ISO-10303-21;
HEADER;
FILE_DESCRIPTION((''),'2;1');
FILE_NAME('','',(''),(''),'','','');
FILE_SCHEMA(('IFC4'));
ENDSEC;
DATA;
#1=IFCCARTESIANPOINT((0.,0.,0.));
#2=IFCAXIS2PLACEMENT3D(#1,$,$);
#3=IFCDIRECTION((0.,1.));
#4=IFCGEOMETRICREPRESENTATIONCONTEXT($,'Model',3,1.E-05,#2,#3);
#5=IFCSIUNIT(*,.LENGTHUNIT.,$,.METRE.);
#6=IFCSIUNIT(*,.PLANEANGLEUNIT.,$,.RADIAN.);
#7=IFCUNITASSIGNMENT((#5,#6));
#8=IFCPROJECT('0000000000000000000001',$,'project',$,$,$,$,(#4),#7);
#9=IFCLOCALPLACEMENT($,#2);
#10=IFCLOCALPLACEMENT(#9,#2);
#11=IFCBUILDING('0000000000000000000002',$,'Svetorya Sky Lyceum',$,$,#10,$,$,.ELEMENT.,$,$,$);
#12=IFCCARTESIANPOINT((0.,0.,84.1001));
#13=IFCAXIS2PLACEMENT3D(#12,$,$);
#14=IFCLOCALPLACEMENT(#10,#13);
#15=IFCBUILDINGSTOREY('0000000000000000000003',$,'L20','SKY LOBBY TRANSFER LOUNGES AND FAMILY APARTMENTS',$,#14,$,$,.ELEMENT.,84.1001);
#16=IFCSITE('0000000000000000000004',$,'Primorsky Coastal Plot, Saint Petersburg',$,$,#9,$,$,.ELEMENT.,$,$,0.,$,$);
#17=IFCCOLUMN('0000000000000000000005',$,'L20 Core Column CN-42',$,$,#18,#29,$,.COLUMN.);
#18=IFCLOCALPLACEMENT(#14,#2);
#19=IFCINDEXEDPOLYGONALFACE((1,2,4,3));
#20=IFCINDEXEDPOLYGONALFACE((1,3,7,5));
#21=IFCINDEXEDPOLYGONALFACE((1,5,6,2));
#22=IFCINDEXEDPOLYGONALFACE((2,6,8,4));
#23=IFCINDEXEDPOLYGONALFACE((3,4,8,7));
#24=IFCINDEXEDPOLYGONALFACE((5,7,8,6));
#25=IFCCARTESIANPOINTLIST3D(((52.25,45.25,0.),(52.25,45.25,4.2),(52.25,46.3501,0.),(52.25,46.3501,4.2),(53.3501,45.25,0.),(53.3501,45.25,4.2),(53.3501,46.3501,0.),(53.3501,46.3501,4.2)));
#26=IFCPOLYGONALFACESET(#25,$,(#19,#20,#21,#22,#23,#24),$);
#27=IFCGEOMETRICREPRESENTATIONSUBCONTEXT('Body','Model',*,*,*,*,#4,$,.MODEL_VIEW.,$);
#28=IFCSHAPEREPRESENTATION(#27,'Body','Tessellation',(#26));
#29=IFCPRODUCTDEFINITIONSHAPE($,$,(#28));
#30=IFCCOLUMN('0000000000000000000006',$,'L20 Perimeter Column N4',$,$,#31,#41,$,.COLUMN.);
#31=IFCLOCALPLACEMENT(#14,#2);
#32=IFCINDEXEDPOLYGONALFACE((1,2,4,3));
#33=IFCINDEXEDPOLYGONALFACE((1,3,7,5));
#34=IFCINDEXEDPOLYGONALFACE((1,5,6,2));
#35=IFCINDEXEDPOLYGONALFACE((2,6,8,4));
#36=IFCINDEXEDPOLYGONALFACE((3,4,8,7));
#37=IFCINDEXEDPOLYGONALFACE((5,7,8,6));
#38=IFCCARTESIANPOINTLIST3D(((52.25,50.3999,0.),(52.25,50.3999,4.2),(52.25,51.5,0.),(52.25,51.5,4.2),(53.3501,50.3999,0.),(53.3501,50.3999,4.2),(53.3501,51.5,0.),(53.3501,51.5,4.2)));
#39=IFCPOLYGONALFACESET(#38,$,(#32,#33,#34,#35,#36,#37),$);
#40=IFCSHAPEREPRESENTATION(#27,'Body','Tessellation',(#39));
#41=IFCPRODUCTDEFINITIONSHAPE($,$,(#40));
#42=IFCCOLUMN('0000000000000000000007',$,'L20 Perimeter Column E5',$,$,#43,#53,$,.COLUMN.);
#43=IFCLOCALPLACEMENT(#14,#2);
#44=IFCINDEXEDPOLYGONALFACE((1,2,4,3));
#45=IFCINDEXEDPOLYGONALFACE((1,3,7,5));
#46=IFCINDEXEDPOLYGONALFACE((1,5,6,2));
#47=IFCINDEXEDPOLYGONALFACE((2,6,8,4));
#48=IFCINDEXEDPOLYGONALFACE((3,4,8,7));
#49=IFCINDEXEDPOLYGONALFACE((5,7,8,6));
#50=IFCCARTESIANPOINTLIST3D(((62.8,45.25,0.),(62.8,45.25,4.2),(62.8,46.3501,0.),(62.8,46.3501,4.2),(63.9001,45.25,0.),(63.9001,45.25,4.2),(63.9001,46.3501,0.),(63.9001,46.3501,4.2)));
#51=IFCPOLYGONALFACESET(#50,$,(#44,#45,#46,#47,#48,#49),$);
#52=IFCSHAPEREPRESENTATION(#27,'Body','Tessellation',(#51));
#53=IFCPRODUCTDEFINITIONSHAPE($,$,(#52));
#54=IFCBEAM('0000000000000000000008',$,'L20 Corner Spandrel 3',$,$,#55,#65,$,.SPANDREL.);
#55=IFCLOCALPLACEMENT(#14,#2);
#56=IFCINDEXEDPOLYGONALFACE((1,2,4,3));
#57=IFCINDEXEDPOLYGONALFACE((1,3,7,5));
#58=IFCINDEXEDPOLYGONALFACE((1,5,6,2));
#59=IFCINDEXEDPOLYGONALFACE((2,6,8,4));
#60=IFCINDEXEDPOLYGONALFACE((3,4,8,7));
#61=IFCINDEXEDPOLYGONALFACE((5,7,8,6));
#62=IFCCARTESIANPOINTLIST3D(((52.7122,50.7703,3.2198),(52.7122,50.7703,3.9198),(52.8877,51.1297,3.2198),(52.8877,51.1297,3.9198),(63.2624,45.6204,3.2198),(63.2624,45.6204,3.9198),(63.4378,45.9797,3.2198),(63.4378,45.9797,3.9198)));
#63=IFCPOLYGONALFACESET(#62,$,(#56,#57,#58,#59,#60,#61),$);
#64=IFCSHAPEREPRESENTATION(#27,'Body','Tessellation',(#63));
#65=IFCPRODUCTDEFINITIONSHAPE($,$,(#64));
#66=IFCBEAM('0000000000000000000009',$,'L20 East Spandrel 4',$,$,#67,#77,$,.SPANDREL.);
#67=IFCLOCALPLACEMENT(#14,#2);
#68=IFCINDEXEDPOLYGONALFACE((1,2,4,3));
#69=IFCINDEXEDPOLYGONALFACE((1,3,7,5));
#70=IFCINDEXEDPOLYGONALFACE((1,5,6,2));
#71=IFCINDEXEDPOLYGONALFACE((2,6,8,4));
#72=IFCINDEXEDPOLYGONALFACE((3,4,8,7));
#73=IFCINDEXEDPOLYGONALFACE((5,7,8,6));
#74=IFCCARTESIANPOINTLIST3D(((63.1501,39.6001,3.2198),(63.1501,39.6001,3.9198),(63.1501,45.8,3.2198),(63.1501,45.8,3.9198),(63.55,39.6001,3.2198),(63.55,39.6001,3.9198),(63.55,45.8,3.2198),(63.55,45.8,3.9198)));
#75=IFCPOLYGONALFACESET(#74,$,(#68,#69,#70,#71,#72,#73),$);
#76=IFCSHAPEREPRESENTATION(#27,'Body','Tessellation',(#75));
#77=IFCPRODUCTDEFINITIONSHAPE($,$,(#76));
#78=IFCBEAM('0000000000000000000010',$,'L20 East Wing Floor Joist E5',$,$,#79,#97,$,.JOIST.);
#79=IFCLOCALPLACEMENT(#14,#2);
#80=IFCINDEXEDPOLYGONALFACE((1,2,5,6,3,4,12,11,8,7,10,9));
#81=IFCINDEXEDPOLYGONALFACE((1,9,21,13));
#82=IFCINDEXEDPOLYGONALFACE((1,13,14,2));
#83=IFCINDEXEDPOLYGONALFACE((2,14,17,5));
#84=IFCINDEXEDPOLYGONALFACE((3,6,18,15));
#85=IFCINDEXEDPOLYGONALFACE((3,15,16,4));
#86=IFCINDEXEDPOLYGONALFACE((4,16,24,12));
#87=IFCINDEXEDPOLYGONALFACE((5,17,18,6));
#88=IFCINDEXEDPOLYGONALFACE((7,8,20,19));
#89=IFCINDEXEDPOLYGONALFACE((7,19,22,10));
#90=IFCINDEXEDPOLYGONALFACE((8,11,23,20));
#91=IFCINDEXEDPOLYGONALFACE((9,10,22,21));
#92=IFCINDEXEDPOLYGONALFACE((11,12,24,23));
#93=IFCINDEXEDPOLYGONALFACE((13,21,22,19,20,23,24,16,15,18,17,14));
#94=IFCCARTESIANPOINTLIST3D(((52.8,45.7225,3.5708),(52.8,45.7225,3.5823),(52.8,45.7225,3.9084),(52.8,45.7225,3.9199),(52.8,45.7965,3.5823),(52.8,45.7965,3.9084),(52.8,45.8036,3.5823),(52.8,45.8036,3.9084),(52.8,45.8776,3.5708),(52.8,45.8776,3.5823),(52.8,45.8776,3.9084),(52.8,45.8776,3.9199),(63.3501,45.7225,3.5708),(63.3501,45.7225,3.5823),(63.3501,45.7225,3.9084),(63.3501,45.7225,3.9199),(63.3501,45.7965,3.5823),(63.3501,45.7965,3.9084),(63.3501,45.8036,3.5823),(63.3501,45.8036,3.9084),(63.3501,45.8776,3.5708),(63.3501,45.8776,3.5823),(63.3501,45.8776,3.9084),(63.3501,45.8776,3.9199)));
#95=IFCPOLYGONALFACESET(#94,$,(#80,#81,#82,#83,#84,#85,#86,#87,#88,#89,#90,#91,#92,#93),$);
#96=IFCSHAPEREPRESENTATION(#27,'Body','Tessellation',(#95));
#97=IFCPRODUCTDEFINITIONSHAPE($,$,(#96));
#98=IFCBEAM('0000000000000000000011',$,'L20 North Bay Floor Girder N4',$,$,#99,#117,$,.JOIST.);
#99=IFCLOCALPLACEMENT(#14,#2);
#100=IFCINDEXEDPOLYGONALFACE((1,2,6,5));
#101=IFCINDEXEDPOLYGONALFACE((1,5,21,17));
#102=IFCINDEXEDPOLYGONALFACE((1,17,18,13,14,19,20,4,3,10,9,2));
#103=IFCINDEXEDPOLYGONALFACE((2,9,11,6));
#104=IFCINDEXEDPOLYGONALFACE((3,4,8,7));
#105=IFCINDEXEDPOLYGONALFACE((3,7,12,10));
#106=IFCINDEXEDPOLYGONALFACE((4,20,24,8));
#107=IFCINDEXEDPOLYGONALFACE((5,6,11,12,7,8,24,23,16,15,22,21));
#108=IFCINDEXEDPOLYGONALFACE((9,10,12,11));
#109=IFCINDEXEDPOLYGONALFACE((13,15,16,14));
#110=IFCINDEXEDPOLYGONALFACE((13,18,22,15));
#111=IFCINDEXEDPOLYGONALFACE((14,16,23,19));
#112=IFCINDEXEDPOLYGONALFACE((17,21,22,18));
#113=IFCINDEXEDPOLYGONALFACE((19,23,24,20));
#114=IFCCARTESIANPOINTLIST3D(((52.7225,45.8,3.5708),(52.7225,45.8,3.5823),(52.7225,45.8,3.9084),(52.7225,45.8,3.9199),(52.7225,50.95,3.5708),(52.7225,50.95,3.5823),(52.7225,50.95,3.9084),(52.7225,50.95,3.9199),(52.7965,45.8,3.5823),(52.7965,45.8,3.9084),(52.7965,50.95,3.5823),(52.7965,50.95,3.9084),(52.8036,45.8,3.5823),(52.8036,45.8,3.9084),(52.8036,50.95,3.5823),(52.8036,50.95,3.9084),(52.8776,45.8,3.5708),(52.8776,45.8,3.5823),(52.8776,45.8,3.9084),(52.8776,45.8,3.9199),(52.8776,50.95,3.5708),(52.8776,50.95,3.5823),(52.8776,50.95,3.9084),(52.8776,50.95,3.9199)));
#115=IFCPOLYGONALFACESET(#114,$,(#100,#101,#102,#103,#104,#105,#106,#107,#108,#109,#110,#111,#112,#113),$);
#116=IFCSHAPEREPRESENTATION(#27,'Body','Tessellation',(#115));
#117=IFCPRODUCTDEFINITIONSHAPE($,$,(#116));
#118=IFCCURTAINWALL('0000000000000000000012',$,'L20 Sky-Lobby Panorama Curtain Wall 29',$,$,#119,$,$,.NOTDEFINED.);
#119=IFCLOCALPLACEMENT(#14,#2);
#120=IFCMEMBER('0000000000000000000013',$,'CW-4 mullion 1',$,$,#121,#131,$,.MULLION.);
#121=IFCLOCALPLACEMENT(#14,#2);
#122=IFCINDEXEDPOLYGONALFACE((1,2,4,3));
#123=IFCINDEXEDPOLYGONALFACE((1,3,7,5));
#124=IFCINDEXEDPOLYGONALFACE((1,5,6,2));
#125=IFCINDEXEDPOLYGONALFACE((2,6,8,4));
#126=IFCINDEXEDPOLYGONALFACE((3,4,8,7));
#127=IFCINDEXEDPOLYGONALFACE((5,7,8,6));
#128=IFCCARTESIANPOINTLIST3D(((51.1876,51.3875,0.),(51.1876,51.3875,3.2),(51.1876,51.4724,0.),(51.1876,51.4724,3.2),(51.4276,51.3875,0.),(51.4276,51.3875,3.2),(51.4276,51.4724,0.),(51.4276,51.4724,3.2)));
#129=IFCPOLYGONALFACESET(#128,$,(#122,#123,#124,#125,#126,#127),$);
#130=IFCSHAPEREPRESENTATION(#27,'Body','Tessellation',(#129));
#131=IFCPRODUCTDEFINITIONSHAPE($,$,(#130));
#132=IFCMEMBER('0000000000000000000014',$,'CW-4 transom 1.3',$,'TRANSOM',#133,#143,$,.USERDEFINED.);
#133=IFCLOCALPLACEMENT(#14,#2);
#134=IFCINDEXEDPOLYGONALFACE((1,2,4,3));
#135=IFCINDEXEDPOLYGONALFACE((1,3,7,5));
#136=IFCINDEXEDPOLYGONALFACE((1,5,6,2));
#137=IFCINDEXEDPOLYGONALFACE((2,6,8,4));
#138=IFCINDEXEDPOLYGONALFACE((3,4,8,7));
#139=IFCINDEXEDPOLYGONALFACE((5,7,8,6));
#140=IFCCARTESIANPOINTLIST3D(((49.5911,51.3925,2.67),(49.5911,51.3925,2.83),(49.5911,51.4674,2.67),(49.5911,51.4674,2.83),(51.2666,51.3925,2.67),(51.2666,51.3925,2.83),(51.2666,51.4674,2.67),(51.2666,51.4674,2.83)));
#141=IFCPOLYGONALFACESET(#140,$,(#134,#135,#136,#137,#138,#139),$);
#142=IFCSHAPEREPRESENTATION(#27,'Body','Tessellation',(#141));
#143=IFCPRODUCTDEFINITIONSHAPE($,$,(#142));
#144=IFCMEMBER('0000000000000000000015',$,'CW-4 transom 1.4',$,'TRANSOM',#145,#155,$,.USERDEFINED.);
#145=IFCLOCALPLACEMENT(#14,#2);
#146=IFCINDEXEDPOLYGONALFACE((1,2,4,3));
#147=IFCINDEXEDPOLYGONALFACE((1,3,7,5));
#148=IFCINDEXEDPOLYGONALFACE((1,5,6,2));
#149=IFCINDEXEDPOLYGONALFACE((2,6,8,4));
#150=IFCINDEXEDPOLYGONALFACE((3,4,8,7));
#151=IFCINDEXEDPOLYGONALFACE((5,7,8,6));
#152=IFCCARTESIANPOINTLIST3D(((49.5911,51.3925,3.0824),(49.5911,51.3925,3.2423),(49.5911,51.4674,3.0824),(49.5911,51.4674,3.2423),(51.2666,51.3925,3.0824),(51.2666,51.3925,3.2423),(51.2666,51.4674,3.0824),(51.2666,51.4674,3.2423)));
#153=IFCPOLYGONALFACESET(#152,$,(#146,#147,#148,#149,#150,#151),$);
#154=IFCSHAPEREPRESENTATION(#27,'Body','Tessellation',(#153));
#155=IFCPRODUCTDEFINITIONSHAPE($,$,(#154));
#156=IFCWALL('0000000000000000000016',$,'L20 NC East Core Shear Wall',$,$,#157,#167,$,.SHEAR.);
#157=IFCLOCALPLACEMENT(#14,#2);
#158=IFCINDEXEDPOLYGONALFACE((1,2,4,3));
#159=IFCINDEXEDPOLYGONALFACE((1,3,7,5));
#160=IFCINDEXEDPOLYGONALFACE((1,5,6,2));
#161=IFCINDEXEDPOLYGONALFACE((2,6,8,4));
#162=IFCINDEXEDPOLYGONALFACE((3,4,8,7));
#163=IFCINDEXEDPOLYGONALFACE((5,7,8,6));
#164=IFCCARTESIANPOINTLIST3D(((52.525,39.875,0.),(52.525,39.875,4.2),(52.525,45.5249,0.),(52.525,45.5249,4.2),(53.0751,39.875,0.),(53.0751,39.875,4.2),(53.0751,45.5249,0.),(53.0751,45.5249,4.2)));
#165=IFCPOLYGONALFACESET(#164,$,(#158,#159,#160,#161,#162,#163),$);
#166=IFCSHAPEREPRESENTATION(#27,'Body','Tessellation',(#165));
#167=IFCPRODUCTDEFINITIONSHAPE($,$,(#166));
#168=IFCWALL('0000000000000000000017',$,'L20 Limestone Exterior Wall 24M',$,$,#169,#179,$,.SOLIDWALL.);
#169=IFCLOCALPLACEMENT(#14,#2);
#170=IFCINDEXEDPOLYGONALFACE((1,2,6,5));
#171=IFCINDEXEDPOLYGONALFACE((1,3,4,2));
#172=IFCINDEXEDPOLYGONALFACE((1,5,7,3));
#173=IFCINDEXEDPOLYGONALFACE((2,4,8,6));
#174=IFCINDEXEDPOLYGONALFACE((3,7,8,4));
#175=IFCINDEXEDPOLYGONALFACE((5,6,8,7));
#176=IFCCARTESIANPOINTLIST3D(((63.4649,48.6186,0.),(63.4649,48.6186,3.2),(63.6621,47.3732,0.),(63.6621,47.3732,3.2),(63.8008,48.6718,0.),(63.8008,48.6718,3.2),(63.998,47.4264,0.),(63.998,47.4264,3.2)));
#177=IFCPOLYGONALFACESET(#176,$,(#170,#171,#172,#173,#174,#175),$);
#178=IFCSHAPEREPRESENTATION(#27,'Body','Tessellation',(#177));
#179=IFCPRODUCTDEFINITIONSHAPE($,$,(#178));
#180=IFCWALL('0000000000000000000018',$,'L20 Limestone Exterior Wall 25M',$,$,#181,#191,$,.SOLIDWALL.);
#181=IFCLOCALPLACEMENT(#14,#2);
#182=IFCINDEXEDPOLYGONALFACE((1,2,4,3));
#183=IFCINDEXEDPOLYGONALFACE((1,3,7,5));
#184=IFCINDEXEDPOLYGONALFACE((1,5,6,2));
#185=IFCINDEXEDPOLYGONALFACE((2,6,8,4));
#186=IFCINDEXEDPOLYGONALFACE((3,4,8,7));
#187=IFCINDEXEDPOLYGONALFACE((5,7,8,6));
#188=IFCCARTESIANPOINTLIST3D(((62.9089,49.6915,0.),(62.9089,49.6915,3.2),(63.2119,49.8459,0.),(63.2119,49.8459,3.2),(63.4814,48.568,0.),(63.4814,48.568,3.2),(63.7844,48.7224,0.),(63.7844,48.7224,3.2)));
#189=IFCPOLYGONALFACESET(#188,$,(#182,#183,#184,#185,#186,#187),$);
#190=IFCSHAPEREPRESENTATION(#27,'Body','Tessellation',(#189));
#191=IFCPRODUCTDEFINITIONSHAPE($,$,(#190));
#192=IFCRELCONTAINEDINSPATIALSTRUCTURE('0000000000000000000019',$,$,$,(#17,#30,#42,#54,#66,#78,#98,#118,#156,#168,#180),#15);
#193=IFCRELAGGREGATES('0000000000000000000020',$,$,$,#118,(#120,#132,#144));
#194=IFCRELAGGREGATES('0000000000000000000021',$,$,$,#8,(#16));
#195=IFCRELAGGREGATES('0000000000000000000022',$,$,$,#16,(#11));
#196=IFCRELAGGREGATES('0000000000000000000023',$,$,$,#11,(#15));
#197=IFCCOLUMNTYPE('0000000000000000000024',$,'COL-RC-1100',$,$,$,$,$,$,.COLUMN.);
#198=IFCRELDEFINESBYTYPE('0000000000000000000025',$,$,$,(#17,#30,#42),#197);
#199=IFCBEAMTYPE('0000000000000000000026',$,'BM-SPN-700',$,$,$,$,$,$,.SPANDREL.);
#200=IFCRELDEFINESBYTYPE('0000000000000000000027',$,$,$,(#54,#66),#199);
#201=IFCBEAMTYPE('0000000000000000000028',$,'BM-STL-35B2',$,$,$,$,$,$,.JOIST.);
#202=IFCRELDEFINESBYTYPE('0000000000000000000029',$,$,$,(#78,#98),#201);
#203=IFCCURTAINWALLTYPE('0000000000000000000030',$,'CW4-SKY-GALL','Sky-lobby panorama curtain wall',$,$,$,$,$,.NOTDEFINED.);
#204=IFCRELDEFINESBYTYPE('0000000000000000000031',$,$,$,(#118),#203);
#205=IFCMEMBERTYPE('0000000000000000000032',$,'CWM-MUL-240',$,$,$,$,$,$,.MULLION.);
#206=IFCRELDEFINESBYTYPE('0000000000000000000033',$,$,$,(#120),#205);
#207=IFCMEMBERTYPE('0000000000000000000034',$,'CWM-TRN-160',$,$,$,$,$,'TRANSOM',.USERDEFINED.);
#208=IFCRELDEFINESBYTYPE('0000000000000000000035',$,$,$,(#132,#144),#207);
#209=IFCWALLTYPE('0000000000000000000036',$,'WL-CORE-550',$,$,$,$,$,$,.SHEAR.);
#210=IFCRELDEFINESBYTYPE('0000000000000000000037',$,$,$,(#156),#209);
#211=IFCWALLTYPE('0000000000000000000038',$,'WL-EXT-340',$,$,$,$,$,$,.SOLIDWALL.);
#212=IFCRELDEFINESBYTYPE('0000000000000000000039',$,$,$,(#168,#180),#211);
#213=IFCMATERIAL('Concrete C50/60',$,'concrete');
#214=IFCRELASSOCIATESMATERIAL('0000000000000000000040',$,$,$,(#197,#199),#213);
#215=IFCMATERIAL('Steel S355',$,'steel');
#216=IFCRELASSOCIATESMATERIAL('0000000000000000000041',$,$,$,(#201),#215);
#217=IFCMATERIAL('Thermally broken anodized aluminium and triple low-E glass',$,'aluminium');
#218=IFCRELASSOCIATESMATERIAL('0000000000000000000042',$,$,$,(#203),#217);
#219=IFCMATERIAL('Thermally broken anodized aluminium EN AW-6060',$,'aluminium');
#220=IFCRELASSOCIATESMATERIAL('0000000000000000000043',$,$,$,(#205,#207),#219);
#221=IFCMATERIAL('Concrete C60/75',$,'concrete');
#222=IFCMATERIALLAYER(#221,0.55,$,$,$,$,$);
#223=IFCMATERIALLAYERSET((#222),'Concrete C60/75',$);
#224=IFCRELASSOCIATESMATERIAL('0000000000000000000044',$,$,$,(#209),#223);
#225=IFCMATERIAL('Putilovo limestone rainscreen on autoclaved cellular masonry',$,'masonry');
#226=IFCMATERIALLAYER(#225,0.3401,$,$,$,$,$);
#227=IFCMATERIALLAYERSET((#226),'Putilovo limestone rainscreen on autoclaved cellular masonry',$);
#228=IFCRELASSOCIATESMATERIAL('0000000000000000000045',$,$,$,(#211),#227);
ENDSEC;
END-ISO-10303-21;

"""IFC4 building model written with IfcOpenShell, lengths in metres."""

from ifc_helpers import new_model, si_unit, direction, frame, frame_2d, origin, origin_2d, place, context, subcontext, project, spatial, rectangle, i_section, extrude, material, layer, layer_set, material_profile, profile_set, type_object, element, aggregate, save


model = new_model("IFC4")

# Units and contexts
model_context = context("Model", 3, precision=1e-05, world=origin(), true_north=direction((0.0, 1.0)))
body_context = subcontext(model_context, "Body", "Model", "MODEL_VIEW")
ifc_project = project(units=[si_unit("LENGTHUNIT", "METRE"), si_unit("PLANEANGLEUNIT", "RADIAN")], contexts=[model_context])

# Site, building, storey
site_placement = place(None, origin())
site = spatial("IfcSite", under=ifc_project, at=site_placement, Name="Primorsky Coastal Plot, Saint Petersburg", CompositionType="ELEMENT", RefElevation=0.0)
building_placement = place(site_placement, origin())
building = spatial("IfcBuilding", under=site, at=building_placement, Name="Svetorya Sky Lyceum", CompositionType="ELEMENT")
storey_placement = place(building_placement, frame((0.0, 0.0, 84.1001)))
storey = spatial("IfcBuildingStorey", under=building, at=storey_placement, Name="L20", Description="SKY LOBBY TRANSFER LOUNGES AND FAMILY APARTMENTS", CompositionType="ELEMENT", Elevation=84.1001)

# Columns
ifc_material_1 = material(Name="Concrete C50/60", Category="concrete")
ifc_material_profile_1 = material_profile(ifc_material_1, rectangle(XDim=1.1001, YDim=1.1001, at=origin_2d()), Name="RC COL 1100x1100")
ifc_profile_set_1 = profile_set([ifc_material_profile_1], Name="Concrete C50/60")
column_type = type_object("IfcColumnType", Name="COL-RC-1100", PredefinedType="COLUMN", material=ifc_profile_set_1)
for number, where, z_axis, x_axis, name in (
    (1, (52.8, 45.8, 0.0), (0.0, 0.0, 1.0), (1.0, 0.0, 0.0), "L20 Core Column CN-42"),
    (2, (52.8, 50.95, 0.0), (0.0, 0.0, 1.0), (1.0, 0.0, 0.0), "L20 Perimeter Column N4"),
    (3, (63.3501, 45.8, 0.0), (0.0, 0.0, 1.0), (1.0, 0.0, 0.0), "L20 Perimeter Column E5"),
):
    element("IfcColumn", number, at=place(storey_placement, frame(where, z_axis=z_axis, x_axis=x_axis)), inside=storey, type_object=column_type, Name=name, PredefinedType="COLUMN", context=body_context, shape_type="SweptSolid", body=[
        extrude(rectangle(XDim=1.1001, YDim=1.1001, at=origin_2d()), origin(), (0.0, 0.0, 1.0), 4.2),
    ])

# Beams
ifc_material_profile_2 = material_profile(ifc_material_1, rectangle(XDim=0.3999, YDim=0.7, at=origin_2d()), Name="RC SPANDREL 400x700")
ifc_profile_set_2 = profile_set([ifc_material_profile_2], Name="Concrete C50/60")
beam_type_1 = type_object("IfcBeamType", Name="BM-SPN-700", PredefinedType="SPANDREL", material=ifc_profile_set_2)
beam_1_placement = place(storey_placement, frame((63.3501, 45.8, 3.5698), z_axis=(-0.89865, 0.438667, 0.0), x_axis=(-0.438667, -0.89865, 0.0)))
element("IfcBeam", 4, at=beam_1_placement, inside=storey, type_object=beam_type_1, Name="L20 Corner Spandrel 3", PredefinedType="SPANDREL", context=body_context, shape_type="SweptSolid", body=[
    extrude(rectangle(XDim=0.3999, YDim=0.7, at=origin_2d()), origin(), (0.0, 0.0, 1.0), 11.74),
])
beam_2_placement = place(storey_placement, frame((63.3501, 39.6001, 3.5698), z_axis=(0.0, 1.0, 0.0), x_axis=(-1.0, 0.0, 0.0)))
element("IfcBeam", 5, at=beam_2_placement, inside=storey, type_object=beam_type_1, Name="L20 East Spandrel 4", PredefinedType="SPANDREL", context=body_context, shape_type="SweptSolid", body=[
    extrude(rectangle(XDim=0.3999, YDim=0.7, at=origin_2d()), origin(), (0.0, 0.0, 1.0), 6.2),
])
ifc_material_2 = material(Name="Steel S355", Category="steel")
ifc_material_profile_3 = material_profile(ifc_material_2, i_section(OverallWidth=0.155, OverallDepth=0.3491, WebThickness=0.0071, FlangeThickness=0.0115, at=origin_2d()), Name="GOST 35B2")
ifc_profile_set_3 = profile_set([ifc_material_profile_3], Name="Steel S355")
beam_type_2 = type_object("IfcBeamType", Name="BM-STL-35B2", PredefinedType="JOIST", material=ifc_profile_set_3)
beam_3_placement = place(storey_placement, frame((52.8, 45.8, 3.7454), z_axis=(1.0, 0.0, 0.0), x_axis=(0.0, 1.0, 0.0)))
element("IfcBeam", 6, at=beam_3_placement, inside=storey, type_object=beam_type_2, Name="L20 East Wing Floor Joist E5", PredefinedType="JOIST", context=body_context, shape_type="SweptSolid", body=[
    extrude(i_section(OverallWidth=0.155, OverallDepth=0.3491, WebThickness=0.0071, FlangeThickness=0.0115, at=origin_2d()), origin(), (0.0, 0.0, 1.0), 10.55),
])
beam_4_placement = place(storey_placement, frame((52.8, 45.8, 3.7454), z_axis=(0.0, 1.0, 0.0), x_axis=(-1.0, 0.0, 0.0)))
element("IfcBeam", 7, at=beam_4_placement, inside=storey, type_object=beam_type_2, Name="L20 North Bay Floor Girder N4", PredefinedType="JOIST", context=body_context, shape_type="SweptSolid", body=[
    extrude(i_section(OverallWidth=0.155, OverallDepth=0.3491, WebThickness=0.0071, FlangeThickness=0.0115, at=origin_2d()), origin(), (0.0, 0.0, 1.0), 5.1499),
])

# Curtain wall, members
ifc_material_3 = material(Name="Thermally broken anodized aluminium and triple low-E glass", Category="aluminium")
curtain_wall_type = type_object("IfcCurtainWallType", Name="CW4-SKY-GALL", Description="Sky-lobby panorama curtain wall", PredefinedType="NOTDEFINED", material=ifc_material_3)
curtain_wall_placement = place(storey_placement, origin())
curtain_wall = element("IfcCurtainWall", 8, at=curtain_wall_placement, inside=storey, type_object=curtain_wall_type, Name="L20 Sky-Lobby Panorama Curtain Wall 29", PredefinedType="NOTDEFINED")
ifc_material_4 = material(Name="Thermally broken anodized aluminium EN AW-6060", Category="aluminium")
ifc_material_profile_4 = material_profile(ifc_material_4, rectangle(XDim=0.085, YDim=0.24, at=origin_2d()), Name="ALU MULLION 85x240")
ifc_profile_set_4 = profile_set([ifc_material_profile_4], Name="Thermally broken anodized aluminium EN AW-6060")
member_type_1 = type_object("IfcMemberType", Name="CWM-MUL-240", PredefinedType="MULLION", material=ifc_profile_set_4)
member_1_placement = place(storey_placement, frame((51.3076, 51.4299, 0.0), z_axis=(0.0, 0.0, 1.0), x_axis=(0.0, -1.0, 0.0)))
member_1 = element("IfcMember", 9, at=member_1_placement, type_object=member_type_1, Name="CW-4 mullion 1", PredefinedType="MULLION", context=body_context, shape_type="SweptSolid", body=[
    extrude(rectangle(XDim=0.085, YDim=0.24, at=origin_2d()), origin(), (0.0, 0.0, 1.0), 3.2),
])
ifc_material_profile_5 = material_profile(ifc_material_4, rectangle(XDim=0.075, YDim=0.1599, at=origin_2d()), Name="ALU TRANSOM 75x160")
ifc_profile_set_5 = profile_set([ifc_material_profile_5], Name="Thermally broken anodized aluminium EN AW-6060")
member_type_2 = type_object("IfcMemberType", Name="CWM-TRN-160", ElementType="TRANSOM", PredefinedType="USERDEFINED", material=ifc_profile_set_5)
member_2_placement = place(storey_placement, frame((51.2666, 51.4299, 2.75), z_axis=(-1.0, 0.0, 0.0), x_axis=(0.0, -1.0, 0.0)))
member_2 = element("IfcMember", 10, at=member_2_placement, type_object=member_type_2, Name="CW-4 transom 1.3", ObjectType="TRANSOM", PredefinedType="USERDEFINED", context=body_context, shape_type="SweptSolid", body=[
    extrude(rectangle(XDim=0.075, YDim=0.1599, at=origin_2d()), origin(), (0.0, 0.0, 1.0), 1.6755),
])
member_3_placement = place(storey_placement, frame((51.2666, 51.4299, 3.1624), z_axis=(-1.0, 0.0, 0.0), x_axis=(0.0, -1.0, 0.0)))
member_3 = element("IfcMember", 11, at=member_3_placement, type_object=member_type_2, Name="CW-4 transom 1.4", ObjectType="TRANSOM", PredefinedType="USERDEFINED", context=body_context, shape_type="SweptSolid", body=[
    extrude(rectangle(XDim=0.075, YDim=0.1599, at=origin_2d()), origin(), (0.0, 0.0, 1.0), 1.6755),
])
aggregate(curtain_wall, [member_1, member_2, member_3])

# Walls
ifc_material_5 = material(Name="Concrete C60/75", Category="concrete")
ifc_layer_1 = layer(ifc_material_5, 0.55)
ifc_layer_set_1 = layer_set([ifc_layer_1], Name="Concrete C60/75")
wall_type_1 = type_object("IfcWallType", Name="WL-CORE-550", PredefinedType="SHEAR", material=ifc_layer_set_1)
wall_1_placement = place(storey_placement, frame((52.8, 39.875, 0.0), z_axis=(0.0, 0.0, 1.0), x_axis=(0.0, 1.0, 0.0)))
element("IfcWall", 12, at=wall_1_placement, inside=storey, type_object=wall_type_1, Name="L20 NC East Core Shear Wall", PredefinedType="SHEAR", context=body_context, shape_type="SweptSolid", body=[
    extrude(rectangle(XDim=5.6499, YDim=0.55, at=frame_2d((2.825, 0.0))), origin(), (0.0, 0.0, 1.0), 4.2),
])
ifc_material_6 = material(Name="Putilovo limestone rainscreen on autoclaved cellular masonry", Category="masonry")
ifc_layer_2 = layer(ifc_material_6, 0.3401)
ifc_layer_set_2 = layer_set([ifc_layer_2], Name="Putilovo limestone rainscreen on autoclaved cellular masonry")
wall_type_2 = type_object("IfcWallType", Name="WL-EXT-340", PredefinedType="SOLIDWALL", material=ifc_layer_set_2)
for number, where, z_axis, x_axis, name in (
    (13, (63.8301, 47.3999, 0.0), (0.0, 0.0, 1.0), (-0.15645, 0.987686, 0.0), "L20 Limestone Exterior Wall 24M"),
    (14, (63.6328, 48.6453, 0.0), (0.0, 0.0, 1.0), (-0.454016, 0.890994, 0.0), "L20 Limestone Exterior Wall 25M"),
):
    element("IfcWall", number, at=place(storey_placement, frame(where, z_axis=z_axis, x_axis=x_axis)), inside=storey, type_object=wall_type_2, Name=name, PredefinedType="SOLIDWALL", context=body_context, shape_type="SweptSolid", body=[
        extrude(rectangle(XDim=1.261, YDim=0.3401, at=frame_2d((0.6304, 0.0))), origin(), (0.0, 0.0, 1.0), 3.2),
    ])

save(model, "model.ifc")
